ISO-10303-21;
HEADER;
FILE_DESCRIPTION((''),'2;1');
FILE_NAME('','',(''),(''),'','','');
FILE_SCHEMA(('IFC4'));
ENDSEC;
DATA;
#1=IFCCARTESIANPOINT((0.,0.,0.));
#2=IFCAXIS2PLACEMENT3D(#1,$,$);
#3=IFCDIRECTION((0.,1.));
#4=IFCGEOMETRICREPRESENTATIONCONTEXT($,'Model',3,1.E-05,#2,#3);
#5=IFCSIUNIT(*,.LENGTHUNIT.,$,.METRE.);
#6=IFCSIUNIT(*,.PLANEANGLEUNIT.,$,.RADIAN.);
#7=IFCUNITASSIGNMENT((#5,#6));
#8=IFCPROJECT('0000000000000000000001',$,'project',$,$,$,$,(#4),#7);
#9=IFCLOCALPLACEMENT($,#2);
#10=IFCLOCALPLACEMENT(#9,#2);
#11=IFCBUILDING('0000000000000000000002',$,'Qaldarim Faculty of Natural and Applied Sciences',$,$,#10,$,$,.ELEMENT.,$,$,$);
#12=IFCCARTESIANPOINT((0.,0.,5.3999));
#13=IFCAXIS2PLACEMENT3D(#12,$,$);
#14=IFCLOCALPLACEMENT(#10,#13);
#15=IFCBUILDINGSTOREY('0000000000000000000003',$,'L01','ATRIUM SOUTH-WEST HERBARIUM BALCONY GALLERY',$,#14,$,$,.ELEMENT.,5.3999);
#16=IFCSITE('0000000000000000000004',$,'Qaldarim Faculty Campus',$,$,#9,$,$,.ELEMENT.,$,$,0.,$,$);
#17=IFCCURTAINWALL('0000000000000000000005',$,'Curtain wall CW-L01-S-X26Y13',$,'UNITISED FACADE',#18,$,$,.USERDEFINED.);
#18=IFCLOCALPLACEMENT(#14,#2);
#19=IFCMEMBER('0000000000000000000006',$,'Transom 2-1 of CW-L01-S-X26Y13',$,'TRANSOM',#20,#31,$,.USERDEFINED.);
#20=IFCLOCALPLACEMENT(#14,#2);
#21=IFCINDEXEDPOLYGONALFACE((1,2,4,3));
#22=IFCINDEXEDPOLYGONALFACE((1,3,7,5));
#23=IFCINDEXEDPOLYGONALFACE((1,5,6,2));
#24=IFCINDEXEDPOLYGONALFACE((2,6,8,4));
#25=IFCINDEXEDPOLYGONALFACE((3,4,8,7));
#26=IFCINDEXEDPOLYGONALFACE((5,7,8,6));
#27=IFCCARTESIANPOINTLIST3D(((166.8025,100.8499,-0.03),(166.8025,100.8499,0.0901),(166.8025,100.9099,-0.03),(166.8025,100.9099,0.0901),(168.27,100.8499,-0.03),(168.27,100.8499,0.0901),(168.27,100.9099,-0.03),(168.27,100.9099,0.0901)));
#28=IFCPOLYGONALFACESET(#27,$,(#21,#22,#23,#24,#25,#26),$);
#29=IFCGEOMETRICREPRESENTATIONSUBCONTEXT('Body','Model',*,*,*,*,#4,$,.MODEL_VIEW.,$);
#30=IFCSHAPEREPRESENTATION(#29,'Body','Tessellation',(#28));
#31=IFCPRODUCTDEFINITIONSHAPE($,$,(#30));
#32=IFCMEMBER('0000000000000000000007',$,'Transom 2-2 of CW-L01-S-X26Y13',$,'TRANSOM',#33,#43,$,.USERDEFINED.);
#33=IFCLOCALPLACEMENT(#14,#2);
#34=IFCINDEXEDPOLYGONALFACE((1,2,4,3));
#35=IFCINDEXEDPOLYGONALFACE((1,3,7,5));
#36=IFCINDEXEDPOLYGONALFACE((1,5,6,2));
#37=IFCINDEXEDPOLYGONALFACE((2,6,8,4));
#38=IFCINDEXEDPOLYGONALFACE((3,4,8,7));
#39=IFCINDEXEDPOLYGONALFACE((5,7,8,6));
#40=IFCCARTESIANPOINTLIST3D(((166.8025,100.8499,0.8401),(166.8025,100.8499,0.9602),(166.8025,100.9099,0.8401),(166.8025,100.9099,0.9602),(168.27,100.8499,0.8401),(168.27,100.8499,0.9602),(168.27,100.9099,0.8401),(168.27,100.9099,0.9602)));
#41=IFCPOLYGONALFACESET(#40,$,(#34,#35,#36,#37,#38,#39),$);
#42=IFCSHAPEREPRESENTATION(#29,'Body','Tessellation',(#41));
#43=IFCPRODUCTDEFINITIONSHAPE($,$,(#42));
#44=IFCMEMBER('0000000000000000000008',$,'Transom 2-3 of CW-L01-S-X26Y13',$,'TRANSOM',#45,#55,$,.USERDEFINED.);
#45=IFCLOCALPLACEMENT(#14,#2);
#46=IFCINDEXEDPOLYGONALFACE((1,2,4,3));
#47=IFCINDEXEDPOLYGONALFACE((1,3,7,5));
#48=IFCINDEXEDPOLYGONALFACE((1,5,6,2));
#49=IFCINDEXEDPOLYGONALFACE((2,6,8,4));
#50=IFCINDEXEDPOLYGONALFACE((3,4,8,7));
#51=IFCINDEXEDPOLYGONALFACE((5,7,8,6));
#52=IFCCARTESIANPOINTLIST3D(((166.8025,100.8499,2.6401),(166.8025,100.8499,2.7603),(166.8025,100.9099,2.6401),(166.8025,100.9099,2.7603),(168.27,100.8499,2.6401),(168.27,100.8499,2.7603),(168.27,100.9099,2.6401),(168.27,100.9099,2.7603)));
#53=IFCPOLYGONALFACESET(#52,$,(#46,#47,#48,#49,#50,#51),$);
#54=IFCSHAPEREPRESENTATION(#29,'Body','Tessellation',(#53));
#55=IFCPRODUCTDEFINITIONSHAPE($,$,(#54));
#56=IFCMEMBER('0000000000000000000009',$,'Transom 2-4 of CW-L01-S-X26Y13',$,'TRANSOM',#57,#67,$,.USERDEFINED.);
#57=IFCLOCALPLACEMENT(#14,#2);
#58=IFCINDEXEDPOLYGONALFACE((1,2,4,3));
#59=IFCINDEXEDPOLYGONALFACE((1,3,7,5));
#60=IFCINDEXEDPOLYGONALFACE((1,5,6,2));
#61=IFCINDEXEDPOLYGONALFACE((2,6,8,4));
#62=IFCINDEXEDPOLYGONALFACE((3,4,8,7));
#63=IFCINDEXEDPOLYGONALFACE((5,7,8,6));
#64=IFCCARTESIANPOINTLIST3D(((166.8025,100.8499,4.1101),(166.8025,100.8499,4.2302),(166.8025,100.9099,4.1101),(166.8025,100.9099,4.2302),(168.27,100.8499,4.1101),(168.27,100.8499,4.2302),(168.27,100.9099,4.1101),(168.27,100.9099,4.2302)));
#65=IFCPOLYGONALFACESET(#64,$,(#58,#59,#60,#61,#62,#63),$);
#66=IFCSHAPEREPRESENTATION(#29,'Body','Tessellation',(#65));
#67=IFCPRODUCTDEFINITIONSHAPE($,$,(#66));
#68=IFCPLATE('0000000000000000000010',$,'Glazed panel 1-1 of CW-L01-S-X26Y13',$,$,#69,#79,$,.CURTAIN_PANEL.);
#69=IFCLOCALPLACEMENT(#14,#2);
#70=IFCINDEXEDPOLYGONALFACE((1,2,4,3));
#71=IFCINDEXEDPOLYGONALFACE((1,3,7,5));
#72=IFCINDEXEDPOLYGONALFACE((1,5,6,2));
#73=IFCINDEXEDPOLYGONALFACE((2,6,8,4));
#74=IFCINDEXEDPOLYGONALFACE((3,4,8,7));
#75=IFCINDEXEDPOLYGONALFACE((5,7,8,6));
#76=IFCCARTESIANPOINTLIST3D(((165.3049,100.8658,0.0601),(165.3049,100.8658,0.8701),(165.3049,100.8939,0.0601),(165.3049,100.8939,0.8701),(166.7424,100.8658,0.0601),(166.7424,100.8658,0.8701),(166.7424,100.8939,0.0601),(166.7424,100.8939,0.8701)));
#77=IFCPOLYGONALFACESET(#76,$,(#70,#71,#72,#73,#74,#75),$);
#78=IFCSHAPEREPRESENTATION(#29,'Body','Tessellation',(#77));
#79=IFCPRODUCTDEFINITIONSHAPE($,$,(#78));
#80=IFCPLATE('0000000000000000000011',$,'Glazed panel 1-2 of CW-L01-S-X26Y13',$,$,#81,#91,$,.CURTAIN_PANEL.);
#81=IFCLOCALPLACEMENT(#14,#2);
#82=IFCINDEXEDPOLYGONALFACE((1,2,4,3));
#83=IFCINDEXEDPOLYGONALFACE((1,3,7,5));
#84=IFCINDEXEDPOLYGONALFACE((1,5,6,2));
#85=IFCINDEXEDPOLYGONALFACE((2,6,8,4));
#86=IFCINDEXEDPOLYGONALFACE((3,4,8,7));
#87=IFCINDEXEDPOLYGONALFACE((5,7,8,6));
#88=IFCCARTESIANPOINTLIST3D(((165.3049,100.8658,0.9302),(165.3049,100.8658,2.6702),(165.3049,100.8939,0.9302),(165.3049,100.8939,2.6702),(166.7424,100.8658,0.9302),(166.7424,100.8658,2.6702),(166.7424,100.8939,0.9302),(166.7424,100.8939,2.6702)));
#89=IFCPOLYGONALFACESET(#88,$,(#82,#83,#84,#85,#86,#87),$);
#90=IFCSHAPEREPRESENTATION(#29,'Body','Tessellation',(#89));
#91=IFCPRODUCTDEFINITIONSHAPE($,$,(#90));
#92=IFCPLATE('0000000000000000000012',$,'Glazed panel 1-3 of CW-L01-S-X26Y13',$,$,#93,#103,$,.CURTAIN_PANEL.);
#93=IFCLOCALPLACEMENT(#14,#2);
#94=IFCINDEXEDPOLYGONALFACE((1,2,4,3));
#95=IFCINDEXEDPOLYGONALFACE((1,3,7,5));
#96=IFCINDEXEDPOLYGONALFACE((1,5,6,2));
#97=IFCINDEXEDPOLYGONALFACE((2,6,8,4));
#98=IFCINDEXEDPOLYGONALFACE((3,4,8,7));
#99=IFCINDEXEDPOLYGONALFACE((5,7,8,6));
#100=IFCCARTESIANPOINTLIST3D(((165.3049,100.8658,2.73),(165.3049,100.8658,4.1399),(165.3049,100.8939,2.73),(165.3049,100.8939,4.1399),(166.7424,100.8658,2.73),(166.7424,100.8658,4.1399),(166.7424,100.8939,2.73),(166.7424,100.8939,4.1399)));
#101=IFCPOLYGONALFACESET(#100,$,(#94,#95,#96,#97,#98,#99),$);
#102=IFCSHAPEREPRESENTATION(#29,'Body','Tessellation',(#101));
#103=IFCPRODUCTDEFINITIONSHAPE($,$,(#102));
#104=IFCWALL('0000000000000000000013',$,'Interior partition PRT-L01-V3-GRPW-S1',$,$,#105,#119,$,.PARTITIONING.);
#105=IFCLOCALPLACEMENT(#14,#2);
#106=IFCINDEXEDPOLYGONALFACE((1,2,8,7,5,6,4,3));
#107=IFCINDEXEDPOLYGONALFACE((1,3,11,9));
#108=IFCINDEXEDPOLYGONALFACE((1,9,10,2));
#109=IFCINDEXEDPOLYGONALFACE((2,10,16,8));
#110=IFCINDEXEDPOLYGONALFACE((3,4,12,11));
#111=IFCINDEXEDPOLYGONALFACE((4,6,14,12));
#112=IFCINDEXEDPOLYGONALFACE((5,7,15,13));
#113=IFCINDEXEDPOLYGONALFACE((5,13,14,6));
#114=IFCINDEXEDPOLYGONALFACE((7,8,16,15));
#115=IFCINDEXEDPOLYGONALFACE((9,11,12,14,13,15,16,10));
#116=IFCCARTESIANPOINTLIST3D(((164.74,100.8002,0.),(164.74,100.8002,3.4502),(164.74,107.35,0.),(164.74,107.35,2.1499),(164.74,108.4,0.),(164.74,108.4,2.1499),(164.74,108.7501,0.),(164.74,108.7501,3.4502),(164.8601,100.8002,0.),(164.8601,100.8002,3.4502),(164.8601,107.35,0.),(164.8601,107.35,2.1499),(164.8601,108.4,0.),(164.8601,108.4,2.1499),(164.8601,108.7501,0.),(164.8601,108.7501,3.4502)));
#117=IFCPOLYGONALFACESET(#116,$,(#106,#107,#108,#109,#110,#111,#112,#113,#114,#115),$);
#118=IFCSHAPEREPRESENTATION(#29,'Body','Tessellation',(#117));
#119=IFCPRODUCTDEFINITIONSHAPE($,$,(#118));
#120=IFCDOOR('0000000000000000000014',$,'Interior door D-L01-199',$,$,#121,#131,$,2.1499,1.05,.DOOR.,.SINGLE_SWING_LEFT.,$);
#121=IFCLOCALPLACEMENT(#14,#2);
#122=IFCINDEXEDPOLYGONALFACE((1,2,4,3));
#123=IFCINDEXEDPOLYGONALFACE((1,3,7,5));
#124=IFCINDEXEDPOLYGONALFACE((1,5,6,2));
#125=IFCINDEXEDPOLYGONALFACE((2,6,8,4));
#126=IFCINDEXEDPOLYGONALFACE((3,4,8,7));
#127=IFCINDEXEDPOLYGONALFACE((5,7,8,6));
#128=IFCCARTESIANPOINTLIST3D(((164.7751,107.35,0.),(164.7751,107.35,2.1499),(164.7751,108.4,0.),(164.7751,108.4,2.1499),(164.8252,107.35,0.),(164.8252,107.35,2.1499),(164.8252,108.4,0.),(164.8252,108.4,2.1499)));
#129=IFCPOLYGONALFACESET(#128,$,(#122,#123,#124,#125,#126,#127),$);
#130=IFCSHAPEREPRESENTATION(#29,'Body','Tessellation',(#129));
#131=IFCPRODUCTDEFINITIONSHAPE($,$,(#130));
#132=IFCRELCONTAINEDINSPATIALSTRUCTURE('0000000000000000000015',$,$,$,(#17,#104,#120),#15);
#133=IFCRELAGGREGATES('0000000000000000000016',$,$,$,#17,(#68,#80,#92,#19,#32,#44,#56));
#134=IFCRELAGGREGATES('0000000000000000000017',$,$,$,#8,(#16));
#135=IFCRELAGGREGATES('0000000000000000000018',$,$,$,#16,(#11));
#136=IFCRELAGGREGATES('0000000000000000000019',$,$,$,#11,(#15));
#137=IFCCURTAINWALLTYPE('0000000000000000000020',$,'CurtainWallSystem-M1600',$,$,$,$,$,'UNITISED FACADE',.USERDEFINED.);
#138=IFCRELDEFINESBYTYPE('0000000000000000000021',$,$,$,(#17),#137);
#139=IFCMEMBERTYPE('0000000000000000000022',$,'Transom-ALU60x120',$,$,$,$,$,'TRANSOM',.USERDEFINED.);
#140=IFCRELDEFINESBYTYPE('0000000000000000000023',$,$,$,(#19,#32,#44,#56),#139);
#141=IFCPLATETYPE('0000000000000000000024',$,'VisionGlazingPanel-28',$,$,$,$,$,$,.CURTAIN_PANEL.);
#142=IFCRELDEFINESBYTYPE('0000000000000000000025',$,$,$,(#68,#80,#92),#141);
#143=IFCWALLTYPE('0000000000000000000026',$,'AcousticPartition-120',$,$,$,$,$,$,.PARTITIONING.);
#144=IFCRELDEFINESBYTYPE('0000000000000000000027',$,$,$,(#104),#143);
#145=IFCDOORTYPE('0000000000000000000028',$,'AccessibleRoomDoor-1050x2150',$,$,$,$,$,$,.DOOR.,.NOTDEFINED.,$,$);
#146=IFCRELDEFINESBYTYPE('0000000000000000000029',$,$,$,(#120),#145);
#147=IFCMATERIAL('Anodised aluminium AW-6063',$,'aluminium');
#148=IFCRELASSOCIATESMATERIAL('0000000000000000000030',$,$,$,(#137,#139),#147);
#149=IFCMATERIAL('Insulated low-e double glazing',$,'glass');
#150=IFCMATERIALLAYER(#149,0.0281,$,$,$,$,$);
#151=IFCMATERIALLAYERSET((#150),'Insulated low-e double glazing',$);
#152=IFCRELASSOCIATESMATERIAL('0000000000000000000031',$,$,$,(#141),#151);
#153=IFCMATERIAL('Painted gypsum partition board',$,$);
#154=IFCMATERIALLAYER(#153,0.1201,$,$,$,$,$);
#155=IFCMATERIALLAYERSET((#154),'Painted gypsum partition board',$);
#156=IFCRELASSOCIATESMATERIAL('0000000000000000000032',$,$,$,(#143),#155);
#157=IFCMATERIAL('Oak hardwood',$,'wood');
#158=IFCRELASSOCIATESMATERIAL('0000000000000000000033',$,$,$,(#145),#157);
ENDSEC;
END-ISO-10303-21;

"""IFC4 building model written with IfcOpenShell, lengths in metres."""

from ifc_helpers import new_model, si_unit, direction, frame, frame_2d, origin, origin_2d, place, context, subcontext, project, spatial, rectangle, extrude, material, layer, layer_set, material_profile, profile_set, type_object, element, fill, aggregate, save


model = new_model("IFC4")

# Units and contexts
model_context = context("Model", 3, precision=1e-05, world=origin(), true_north=direction((0.0, 1.0)))
body_context = subcontext(model_context, "Body", "Model", "MODEL_VIEW")
ifc_project = project(units=[si_unit("LENGTHUNIT", "METRE"), si_unit("PLANEANGLEUNIT", "RADIAN")], contexts=[model_context])

# Site, building, storey
site_placement = place(None, origin())
site = spatial("IfcSite", under=ifc_project, at=site_placement, Name="Qaldarim Faculty Campus", CompositionType="ELEMENT", RefElevation=0.0)
building_placement = place(site_placement, origin())
building = spatial("IfcBuilding", under=site, at=building_placement, Name="Qaldarim Faculty of Natural and Applied Sciences", CompositionType="ELEMENT")
storey_placement = place(building_placement, frame((0.0, 0.0, 5.3999)))
storey = spatial("IfcBuildingStorey", under=building, at=storey_placement, Name="L01", Description="ATRIUM SOUTH-WEST HERBARIUM BALCONY GALLERY", CompositionType="ELEMENT", Elevation=5.3999)

# Curtain wall
ifc_material_1 = material(Name="Anodised aluminium AW-6063", Category="aluminium")
curtain_wall_type = type_object("IfcCurtainWallType", Name="CurtainWallSystem-M1600", ElementType="UNITISED FACADE", PredefinedType="USERDEFINED", material=ifc_material_1)
curtain_wall_placement = place(storey_placement, origin())
curtain_wall = element("IfcCurtainWall", 1, at=curtain_wall_placement, inside=storey, type_object=curtain_wall_type, Name="Curtain wall CW-L01-S-X26Y13", ObjectType="UNITISED FACADE", PredefinedType="USERDEFINED")

# Members
ifc_material_profile_1 = material_profile(ifc_material_1, rectangle(XDim=0.0601, YDim=0.1201, at=origin_2d()), Name="ALU-T60x120")
ifc_profile_set_1 = profile_set([ifc_material_profile_1], Name="Anodised aluminium AW-6063")
member_type_1 = type_object("IfcMemberType", Name="Transom-ALU60x120", ElementType="TRANSOM", PredefinedType="USERDEFINED", material=ifc_profile_set_1)
member_1_placement = place(storey_placement, frame((166.8025, 100.8799, 0.03), z_axis=(1.0, 0.0, 0.0), x_axis=(0.0, 1.0, 0.0)))
member_1 = element("IfcMember", 2, at=member_1_placement, type_object=member_type_1, Name="Transom 2-1 of CW-L01-S-X26Y13", ObjectType="TRANSOM", PredefinedType="USERDEFINED", context=body_context, shape_type="SweptSolid", body=[
    extrude(rectangle(XDim=0.0601, YDim=0.1201, at=origin_2d()), origin(), (0.0, 0.0, 1.0), 1.4675),
])
member_2_placement = place(storey_placement, frame((166.8025, 100.8799, 0.9001), z_axis=(1.0, 0.0, 0.0), x_axis=(0.0, 1.0, 0.0)))
member_2 = element("IfcMember", 3, at=member_2_placement, type_object=member_type_1, Name="Transom 2-2 of CW-L01-S-X26Y13", ObjectType="TRANSOM", PredefinedType="USERDEFINED", context=body_context, shape_type="SweptSolid", body=[
    extrude(rectangle(XDim=0.0601, YDim=0.1201, at=origin_2d()), origin(), (0.0, 0.0, 1.0), 1.4675),
])
member_3_placement = place(storey_placement, frame((166.8025, 100.8799, 2.7002), z_axis=(1.0, 0.0, 0.0), x_axis=(0.0, 1.0, 0.0)))
member_3 = element("IfcMember", 4, at=member_3_placement, type_object=member_type_1, Name="Transom 2-3 of CW-L01-S-X26Y13", ObjectType="TRANSOM", PredefinedType="USERDEFINED", context=body_context, shape_type="SweptSolid", body=[
    extrude(rectangle(XDim=0.0601, YDim=0.1201, at=origin_2d()), origin(), (0.0, 0.0, 1.0), 1.4675),
])
member_4_placement = place(storey_placement, frame((166.8025, 100.8799, 4.1702), z_axis=(1.0, 0.0, 0.0), x_axis=(0.0, 1.0, 0.0)))
member_4 = element("IfcMember", 5, at=member_4_placement, type_object=member_type_1, Name="Transom 2-4 of CW-L01-S-X26Y13", ObjectType="TRANSOM", PredefinedType="USERDEFINED", context=body_context, shape_type="SweptSolid", body=[
    extrude(rectangle(XDim=0.0601, YDim=0.1201, at=origin_2d()), origin(), (0.0, 0.0, 1.0), 1.4675),
])

# Plates
ifc_material_2 = material(Name="Insulated low-e double glazing", Category="glass")
ifc_layer_1 = layer(ifc_material_2, 0.0281)
ifc_layer_set_1 = layer_set([ifc_layer_1], Name="Insulated low-e double glazing")
plate_type = type_object("IfcPlateType", Name="VisionGlazingPanel-28", PredefinedType="CURTAIN_PANEL", material=ifc_layer_set_1)
plate_1_placement = place(storey_placement, frame((166.0237, 100.8799, 0.0601), z_axis=(0.0, 0.0, 1.0), x_axis=(1.0, 0.0, 0.0)))
plate_1 = element("IfcPlate", 6, at=plate_1_placement, type_object=plate_type, Name="Glazed panel 1-1 of CW-L01-S-X26Y13", PredefinedType="CURTAIN_PANEL", context=body_context, shape_type="SweptSolid", body=[
    extrude(rectangle(XDim=1.4375, YDim=0.0281, at=origin_2d()), origin(), (0.0, 0.0, 1.0), 0.8101),
])
plate_2_placement = place(storey_placement, frame((166.0237, 100.8799, 0.9302), z_axis=(0.0, 0.0, 1.0), x_axis=(1.0, 0.0, 0.0)))
plate_2 = element("IfcPlate", 7, at=plate_2_placement, type_object=plate_type, Name="Glazed panel 1-2 of CW-L01-S-X26Y13", PredefinedType="CURTAIN_PANEL", context=body_context, shape_type="SweptSolid", body=[
    extrude(rectangle(XDim=1.4375, YDim=0.0281, at=origin_2d()), origin(), (0.0, 0.0, 1.0), 1.74),
])
plate_3_placement = place(storey_placement, frame((166.0237, 100.8799, 2.73), z_axis=(0.0, 0.0, 1.0), x_axis=(1.0, 0.0, 0.0)))
plate_3 = element("IfcPlate", 8, at=plate_3_placement, type_object=plate_type, Name="Glazed panel 1-3 of CW-L01-S-X26Y13", PredefinedType="CURTAIN_PANEL", context=body_context, shape_type="SweptSolid", body=[
    extrude(rectangle(XDim=1.4375, YDim=0.0281, at=origin_2d()), origin(), (0.0, 0.0, 1.0), 1.4099),
])
aggregate(curtain_wall, [plate_1, plate_2, plate_3, member_1, member_2, member_3, member_4])

# Wall, opening, door
ifc_material_3 = material(Name="Painted gypsum partition board")
ifc_layer_2 = layer(ifc_material_3, 0.1201)
ifc_layer_set_2 = layer_set([ifc_layer_2], Name="Painted gypsum partition board")
wall_type = type_object("IfcWallType", Name="AcousticPartition-120", PredefinedType="PARTITIONING", material=ifc_layer_set_2)
wall_placement = place(storey_placement, frame((164.8, 100.8, 0.0), z_axis=(0.0, 0.0, 1.0), x_axis=(0.0, 1.0, 0.0)))
wall = element("IfcWall", 9, at=wall_placement, inside=storey, type_object=wall_type, Name="Interior partition PRT-L01-V3-GRPW-S1", PredefinedType="PARTITIONING", context=body_context, shape_type="SweptSolid", body=[
    extrude(rectangle(XDim=7.95, YDim=0.1201, at=frame_2d((3.9751, 0.0))), origin(), (0.0, 0.0, 1.0), 3.4502),
])
opening_placement = place(wall_placement, frame((6.55, 0.0, 0.0)))
opening = element("IfcOpeningElement", 10, at=opening_placement, cuts=wall, PredefinedType="OPENING", context=body_context, shape_type="SweptSolid", body=[
    extrude(rectangle(XDim=1.05, YDim=2.1499, at=frame_2d((0.5249, 1.075))), frame((0.0, 0.0701, 0.0), z_axis=(0.0, -1.0, 0.0), x_axis=(1.0, 0.0, 0.0)), (0.0, 0.0, 1.0), 0.1401),
])
ifc_material_4 = material(Name="Oak hardwood", Category="wood")
door_type = type_object("IfcDoorType", Name="AccessibleRoomDoor-1050x2150", OperationType="NOTDEFINED", PredefinedType="DOOR", material=ifc_material_4)
door_placement = place(opening_placement, origin())
door = element("IfcDoor", 11, at=door_placement, inside=storey, type_object=door_type, Name="Interior door D-L01-199", OperationType="SINGLE_SWING_LEFT", OverallHeight=2.1499, OverallWidth=1.05, PredefinedType="DOOR", context=body_context, shape_type="SweptSolid", body=[
    extrude(rectangle(XDim=1.05, YDim=2.1499, at=frame_2d((0.5249, 1.075))), frame((0.0, 0.0249, 0.0), z_axis=(0.0, -1.0, 0.0), x_axis=(1.0, 0.0, 0.0)), (0.0, 0.0, 1.0), 0.05),
])
fill(opening, door)

save(model, "model.ifc")
